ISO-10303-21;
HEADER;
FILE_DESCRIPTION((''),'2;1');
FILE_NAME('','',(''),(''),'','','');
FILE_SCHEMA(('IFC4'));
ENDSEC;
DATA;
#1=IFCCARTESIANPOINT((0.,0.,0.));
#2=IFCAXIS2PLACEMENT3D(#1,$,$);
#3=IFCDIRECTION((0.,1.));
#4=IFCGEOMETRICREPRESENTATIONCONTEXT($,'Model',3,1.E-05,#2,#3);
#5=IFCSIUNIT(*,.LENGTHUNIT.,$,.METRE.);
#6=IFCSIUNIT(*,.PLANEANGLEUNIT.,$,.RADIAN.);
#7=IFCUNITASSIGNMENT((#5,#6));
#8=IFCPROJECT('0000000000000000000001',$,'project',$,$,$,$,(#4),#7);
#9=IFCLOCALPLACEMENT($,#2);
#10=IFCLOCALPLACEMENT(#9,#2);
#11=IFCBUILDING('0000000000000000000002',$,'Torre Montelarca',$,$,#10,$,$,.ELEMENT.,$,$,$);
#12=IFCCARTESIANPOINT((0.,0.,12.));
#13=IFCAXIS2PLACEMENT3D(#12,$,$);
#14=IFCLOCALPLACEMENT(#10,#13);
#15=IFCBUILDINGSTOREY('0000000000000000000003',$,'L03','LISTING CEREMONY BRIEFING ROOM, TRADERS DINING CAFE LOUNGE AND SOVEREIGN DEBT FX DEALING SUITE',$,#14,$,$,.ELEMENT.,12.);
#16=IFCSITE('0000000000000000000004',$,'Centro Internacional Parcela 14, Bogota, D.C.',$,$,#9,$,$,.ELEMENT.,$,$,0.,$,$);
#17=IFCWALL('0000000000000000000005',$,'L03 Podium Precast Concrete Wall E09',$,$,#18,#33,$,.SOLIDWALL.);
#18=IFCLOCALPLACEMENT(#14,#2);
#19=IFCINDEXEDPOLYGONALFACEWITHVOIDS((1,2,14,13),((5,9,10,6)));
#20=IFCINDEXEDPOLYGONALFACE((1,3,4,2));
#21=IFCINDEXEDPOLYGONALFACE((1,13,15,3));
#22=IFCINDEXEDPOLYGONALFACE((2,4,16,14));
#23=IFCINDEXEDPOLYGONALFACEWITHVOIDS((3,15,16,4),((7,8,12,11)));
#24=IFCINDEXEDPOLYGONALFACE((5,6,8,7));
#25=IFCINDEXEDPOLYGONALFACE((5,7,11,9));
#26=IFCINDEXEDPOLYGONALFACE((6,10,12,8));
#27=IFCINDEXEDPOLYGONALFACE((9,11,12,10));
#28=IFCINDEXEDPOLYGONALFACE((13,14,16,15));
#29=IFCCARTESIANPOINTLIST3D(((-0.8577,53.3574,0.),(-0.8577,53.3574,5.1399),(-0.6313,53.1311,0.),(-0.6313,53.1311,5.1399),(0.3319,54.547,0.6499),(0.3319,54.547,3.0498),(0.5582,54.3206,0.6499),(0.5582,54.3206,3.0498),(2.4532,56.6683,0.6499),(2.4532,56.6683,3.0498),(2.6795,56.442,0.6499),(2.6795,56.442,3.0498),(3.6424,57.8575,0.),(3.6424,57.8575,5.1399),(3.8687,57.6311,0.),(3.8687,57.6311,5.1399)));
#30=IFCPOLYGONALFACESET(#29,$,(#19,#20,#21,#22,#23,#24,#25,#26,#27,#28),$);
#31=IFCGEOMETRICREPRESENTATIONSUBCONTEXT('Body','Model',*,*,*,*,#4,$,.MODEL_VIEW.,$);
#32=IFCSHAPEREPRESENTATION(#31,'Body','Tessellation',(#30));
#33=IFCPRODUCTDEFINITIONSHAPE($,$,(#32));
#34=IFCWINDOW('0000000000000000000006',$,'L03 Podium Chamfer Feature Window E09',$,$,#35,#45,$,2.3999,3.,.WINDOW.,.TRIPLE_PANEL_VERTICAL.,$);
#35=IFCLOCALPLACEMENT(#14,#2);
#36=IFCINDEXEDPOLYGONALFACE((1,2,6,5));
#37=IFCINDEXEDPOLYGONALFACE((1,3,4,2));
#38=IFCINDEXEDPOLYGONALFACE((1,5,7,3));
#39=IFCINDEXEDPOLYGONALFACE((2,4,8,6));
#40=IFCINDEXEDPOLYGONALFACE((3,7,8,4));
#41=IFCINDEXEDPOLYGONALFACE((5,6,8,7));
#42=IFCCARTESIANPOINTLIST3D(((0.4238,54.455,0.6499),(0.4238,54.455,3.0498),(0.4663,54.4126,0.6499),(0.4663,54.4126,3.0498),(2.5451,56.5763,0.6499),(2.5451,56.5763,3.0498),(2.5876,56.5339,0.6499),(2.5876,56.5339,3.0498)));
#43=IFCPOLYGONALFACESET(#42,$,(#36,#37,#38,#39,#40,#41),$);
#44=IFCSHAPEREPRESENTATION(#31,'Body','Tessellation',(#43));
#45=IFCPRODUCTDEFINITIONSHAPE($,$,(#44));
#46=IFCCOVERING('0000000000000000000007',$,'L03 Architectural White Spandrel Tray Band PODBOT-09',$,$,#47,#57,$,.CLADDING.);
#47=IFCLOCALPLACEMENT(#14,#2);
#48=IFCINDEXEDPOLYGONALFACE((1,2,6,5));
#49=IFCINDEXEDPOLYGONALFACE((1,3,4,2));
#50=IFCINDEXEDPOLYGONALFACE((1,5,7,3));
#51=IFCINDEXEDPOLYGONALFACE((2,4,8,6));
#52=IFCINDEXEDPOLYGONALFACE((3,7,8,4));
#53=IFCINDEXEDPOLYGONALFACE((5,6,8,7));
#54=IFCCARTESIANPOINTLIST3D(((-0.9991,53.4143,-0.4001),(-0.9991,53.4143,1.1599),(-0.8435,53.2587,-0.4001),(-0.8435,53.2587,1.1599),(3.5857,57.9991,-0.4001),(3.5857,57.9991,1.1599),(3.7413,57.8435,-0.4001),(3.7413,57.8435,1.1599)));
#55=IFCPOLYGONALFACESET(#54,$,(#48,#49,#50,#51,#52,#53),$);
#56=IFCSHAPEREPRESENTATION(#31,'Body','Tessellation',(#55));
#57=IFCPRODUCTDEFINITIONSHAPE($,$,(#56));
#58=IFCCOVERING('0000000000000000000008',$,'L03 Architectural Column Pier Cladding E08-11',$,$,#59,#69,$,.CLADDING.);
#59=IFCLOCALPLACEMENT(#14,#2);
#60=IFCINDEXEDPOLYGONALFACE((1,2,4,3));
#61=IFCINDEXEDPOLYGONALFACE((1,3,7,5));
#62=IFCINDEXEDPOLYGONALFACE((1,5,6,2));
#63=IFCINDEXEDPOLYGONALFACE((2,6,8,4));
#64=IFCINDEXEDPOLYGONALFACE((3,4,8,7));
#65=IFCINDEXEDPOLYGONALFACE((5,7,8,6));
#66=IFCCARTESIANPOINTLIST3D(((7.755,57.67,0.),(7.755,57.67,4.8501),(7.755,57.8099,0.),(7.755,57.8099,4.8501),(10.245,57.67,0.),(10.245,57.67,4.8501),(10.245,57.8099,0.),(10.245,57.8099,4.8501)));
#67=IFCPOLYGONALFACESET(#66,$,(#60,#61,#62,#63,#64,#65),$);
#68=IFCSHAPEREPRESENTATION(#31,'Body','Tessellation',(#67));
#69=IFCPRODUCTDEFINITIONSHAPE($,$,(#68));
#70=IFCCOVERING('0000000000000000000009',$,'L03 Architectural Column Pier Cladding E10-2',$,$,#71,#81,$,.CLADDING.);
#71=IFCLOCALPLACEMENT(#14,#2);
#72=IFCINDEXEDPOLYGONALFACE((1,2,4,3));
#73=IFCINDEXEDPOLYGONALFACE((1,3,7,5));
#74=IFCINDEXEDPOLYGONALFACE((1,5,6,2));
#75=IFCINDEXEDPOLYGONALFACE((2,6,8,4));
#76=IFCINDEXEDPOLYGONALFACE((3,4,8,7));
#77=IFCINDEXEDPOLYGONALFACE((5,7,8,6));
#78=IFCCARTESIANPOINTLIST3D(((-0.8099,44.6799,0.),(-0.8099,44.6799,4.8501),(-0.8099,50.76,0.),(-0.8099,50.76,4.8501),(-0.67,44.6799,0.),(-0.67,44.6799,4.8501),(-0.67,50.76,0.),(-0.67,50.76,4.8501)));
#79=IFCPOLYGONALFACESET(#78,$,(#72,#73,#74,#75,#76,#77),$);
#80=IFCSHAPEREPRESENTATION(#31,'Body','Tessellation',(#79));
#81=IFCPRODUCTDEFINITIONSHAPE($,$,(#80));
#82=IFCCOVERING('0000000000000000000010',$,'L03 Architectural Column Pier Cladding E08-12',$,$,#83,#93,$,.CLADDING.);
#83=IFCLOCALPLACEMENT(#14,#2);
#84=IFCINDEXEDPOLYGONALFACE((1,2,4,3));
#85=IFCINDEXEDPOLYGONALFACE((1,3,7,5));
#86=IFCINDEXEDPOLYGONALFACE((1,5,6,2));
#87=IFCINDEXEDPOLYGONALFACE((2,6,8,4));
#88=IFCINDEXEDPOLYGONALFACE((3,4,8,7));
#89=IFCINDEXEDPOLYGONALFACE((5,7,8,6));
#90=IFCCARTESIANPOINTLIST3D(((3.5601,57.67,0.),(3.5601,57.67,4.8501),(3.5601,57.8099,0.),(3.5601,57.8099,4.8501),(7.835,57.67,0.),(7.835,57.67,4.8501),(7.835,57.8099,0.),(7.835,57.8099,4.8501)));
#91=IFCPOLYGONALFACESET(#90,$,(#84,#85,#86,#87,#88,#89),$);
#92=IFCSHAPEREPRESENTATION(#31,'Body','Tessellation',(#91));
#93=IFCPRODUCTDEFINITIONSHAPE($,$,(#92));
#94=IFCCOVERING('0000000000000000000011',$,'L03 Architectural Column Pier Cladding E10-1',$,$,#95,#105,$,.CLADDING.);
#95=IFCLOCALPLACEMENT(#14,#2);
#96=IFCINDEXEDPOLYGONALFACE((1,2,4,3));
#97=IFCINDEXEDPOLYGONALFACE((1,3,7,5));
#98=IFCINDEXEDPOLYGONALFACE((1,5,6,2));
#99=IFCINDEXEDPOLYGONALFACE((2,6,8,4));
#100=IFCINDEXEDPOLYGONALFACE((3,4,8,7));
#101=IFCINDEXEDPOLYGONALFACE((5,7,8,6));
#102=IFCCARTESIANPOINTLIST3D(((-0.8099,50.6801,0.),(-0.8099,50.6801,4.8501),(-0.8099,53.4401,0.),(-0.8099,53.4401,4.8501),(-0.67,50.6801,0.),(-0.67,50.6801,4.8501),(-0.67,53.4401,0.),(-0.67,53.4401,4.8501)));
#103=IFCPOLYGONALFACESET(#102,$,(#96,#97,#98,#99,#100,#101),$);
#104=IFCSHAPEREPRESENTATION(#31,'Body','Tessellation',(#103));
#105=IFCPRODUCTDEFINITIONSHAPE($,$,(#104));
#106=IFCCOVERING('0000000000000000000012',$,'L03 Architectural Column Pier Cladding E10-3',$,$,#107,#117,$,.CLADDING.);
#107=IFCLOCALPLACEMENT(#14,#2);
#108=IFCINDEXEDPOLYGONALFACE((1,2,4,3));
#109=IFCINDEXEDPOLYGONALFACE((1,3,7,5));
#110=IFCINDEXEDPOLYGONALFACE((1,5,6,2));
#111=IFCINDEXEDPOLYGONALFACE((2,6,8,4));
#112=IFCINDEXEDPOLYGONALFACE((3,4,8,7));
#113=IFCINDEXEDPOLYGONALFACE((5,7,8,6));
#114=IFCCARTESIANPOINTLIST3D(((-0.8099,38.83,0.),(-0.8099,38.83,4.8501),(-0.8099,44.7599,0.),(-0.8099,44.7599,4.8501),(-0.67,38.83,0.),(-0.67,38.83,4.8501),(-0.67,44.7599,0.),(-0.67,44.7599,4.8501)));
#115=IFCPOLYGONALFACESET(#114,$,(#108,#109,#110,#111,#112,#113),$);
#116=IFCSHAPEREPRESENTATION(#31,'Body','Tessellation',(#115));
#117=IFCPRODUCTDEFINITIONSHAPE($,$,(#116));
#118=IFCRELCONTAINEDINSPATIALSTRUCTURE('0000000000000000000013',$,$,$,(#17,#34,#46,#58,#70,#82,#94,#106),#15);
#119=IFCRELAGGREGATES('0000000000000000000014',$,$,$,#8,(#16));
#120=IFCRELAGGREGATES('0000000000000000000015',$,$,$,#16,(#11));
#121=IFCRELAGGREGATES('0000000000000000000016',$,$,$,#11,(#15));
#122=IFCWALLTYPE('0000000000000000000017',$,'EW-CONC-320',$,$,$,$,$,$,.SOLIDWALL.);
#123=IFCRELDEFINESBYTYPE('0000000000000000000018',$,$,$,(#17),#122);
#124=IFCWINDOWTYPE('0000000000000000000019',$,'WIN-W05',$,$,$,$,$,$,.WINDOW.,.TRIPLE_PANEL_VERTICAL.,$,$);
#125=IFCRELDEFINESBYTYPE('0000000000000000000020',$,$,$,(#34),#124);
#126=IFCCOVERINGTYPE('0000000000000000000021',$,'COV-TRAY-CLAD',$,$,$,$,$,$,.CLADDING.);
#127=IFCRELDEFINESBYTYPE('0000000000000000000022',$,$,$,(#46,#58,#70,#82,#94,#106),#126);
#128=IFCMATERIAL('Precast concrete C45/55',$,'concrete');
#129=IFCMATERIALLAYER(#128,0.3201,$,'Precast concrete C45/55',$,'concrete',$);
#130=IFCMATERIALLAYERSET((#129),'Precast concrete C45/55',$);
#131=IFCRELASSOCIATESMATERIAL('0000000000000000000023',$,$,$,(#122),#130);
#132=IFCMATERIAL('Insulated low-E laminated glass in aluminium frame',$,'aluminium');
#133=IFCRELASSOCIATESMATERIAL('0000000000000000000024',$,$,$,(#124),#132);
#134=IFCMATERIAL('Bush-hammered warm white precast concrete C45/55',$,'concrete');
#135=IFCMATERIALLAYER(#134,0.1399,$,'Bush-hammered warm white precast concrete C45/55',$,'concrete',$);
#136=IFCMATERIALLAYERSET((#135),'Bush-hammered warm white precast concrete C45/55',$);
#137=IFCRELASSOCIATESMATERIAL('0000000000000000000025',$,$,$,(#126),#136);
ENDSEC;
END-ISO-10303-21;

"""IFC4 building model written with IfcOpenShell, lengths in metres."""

from ifc_helpers import new_model, si_unit, direction, frame, frame_2d, origin, origin_2d, place, context, subcontext, project, spatial, rectangle, extrude, source, transform, mapped, material, layer, layer_set, type_object, element, fill, save


model = new_model("IFC4")

# Units and contexts
model_context = context("Model", 3, precision=1e-05, world=origin(), true_north=direction((0.0, 1.0)))
body_context = subcontext(model_context, "Body", "Model", "MODEL_VIEW")
ifc_project = project(units=[si_unit("LENGTHUNIT", "METRE"), si_unit("PLANEANGLEUNIT", "RADIAN")], contexts=[model_context])

# Site, building, storey
site_placement = place(None, origin())
site = spatial("IfcSite", under=ifc_project, at=site_placement, Name="Centro Internacional Parcela 14, Bogota, D.C.", CompositionType="ELEMENT", RefElevation=0.0)
building_placement = place(site_placement, origin())
building = spatial("IfcBuilding", under=site, at=building_placement, Name="Torre Montelarca", CompositionType="ELEMENT")
storey_placement = place(building_placement, frame((0.0, 0.0, 12.0)))
storey = spatial("IfcBuildingStorey", under=building, at=storey_placement, Name="L03", Description="LISTING CEREMONY BRIEFING ROOM, TRADERS DINING CAFE LOUNGE AND SOVEREIGN DEBT FX DEALING SUITE", CompositionType="ELEMENT", Elevation=12.0)

# Wall, opening, window
ifc_material_1 = material(Name="Precast concrete C45/55", Category="concrete")
ifc_layer_1 = layer(ifc_material_1, 0.3201, Name="Precast concrete C45/55", Category="concrete")
ifc_layer_set_1 = layer_set([ifc_layer_1], Name="Precast concrete C45/55")
wall_type = type_object("IfcWallType", Name="EW-CONC-320", PredefinedType="SOLIDWALL", material=ifc_layer_set_1)
wall_placement = place(storey_placement, frame((3.7556, 57.7444, 0.0), z_axis=(0.0, 0.0, 1.0), x_axis=(-0.707107, -0.707107, 0.0)))
wall = element("IfcWall", 1, at=wall_placement, inside=storey, type_object=wall_type, Name="L03 Podium Precast Concrete Wall E09", PredefinedType="SOLIDWALL", context=body_context, shape_type="SweptSolid", body=[
    extrude(rectangle(XDim=6.364, YDim=0.3201, at=frame_2d((3.1821, 0.0))), origin(), (0.0, 0.0, 1.0), 5.1399),
])
opening_placement = place(wall_placement, frame((1.6819, 0.0, 0.6499)))
opening = element("IfcOpeningElement", 2, at=opening_placement, cuts=wall, PredefinedType="OPENING", context=body_context, shape_type="SweptSolid", body=[
    extrude(rectangle(XDim=3.0, YDim=2.3999, at=frame_2d((1.5, 1.2))), frame((0.0, 0.1699, 0.0), z_axis=(0.0, -1.0, 0.0), x_axis=(1.0, 0.0, 0.0)), (0.0, 0.0, 1.0), 0.3401),
])
ifc_material_2 = material(Name="Insulated low-E laminated glass in aluminium frame", Category="aluminium")
window_type = type_object("IfcWindowType", Name="WIN-W05", PartitioningType="TRIPLE_PANEL_VERTICAL", PredefinedType="WINDOW", material=ifc_material_2)
shared_shape_1 = source(origin(), body_context, "Body", "SweptSolid", [
    extrude(rectangle(XDim=3.0, YDim=2.3999, at=frame_2d((1.5, 1.2))), frame((0.0, 0.03, 0.0), z_axis=(0.0, -1.0, 0.0), x_axis=(1.0, 0.0, 0.0)), (0.0, 0.0, 1.0), 0.0601),
])
window_placement = place(opening_placement, origin())
window = element("IfcWindow", 3, at=window_placement, inside=storey, type_object=window_type, Name="L03 Podium Chamfer Feature Window E09", OverallHeight=2.3999, OverallWidth=3.0, PartitioningType="TRIPLE_PANEL_VERTICAL", PredefinedType="WINDOW", context=body_context, shape_type="MappedRepresentation", body=[
    mapped(shared_shape_1, transform((0.0, 0.0, 0.0), scale=1.0)),
])
fill(opening, window)

# Coverings
ifc_material_3 = material(Name="Bush-hammered warm white precast concrete C45/55", Category="concrete")
ifc_layer_2 = layer(ifc_material_3, 0.1399, Name="Bush-hammered warm white precast concrete C45/55", Category="concrete")
ifc_layer_set_2 = layer_set([ifc_layer_2], Name="Bush-hammered warm white precast concrete C45/55")
covering_type = type_object("IfcCoveringType", Name="COV-TRAY-CLAD", PredefinedType="CLADDING", material=ifc_layer_set_2)
shared_shape_2 = source(origin(), body_context, "Body", "SweptSolid", [
    extrude(rectangle(XDim=6.4839, YDim=0.22, at=origin_2d()), origin(), (0.0, 0.0, 1.0), 1.5601),
])
covering_1_placement = place(storey_placement, frame((1.3711, 55.6289, -0.4001), z_axis=(0.0, 0.0, 1.0), x_axis=(-0.707107, -0.707107, 0.0)))
element("IfcCovering", 4, at=covering_1_placement, inside=storey, type_object=covering_type, Name="L03 Architectural White Spandrel Tray Band PODBOT-09", PredefinedType="CLADDING", context=body_context, shape_type="MappedRepresentation", body=[
    mapped(shared_shape_2, transform((0.0, 0.0, 0.0), scale=1.0)),
])
shared_shape_3 = source(origin(), body_context, "Body", "SweptSolid", [
    extrude(rectangle(XDim=2.49, YDim=0.1399, at=origin_2d()), origin(), (0.0, 0.0, 1.0), 4.8501),
])
covering_2_placement = place(storey_placement, frame((9.0, 57.74, 0.0), z_axis=(0.0, 0.0, 1.0), x_axis=(-1.0, 0.0, 0.0)))
element("IfcCovering", 5, at=covering_2_placement, inside=storey, type_object=covering_type, Name="L03 Architectural Column Pier Cladding E08-11", PredefinedType="CLADDING", context=body_context, shape_type="MappedRepresentation", body=[
    mapped(shared_shape_3, transform((0.0, 0.0, 0.0), scale=1.0)),
])
shared_shape_4 = source(origin(), body_context, "Body", "SweptSolid", [
    extrude(rectangle(XDim=6.0801, YDim=0.1399, at=origin_2d()), origin(), (0.0, 0.0, 1.0), 4.8501),
])
covering_3_placement = place(storey_placement, frame((-0.74, 47.72, 0.0), z_axis=(0.0, 0.0, 1.0), x_axis=(0.0, -1.0, 0.0)))
element("IfcCovering", 6, at=covering_3_placement, inside=storey, type_object=covering_type, Name="L03 Architectural Column Pier Cladding E10-2", PredefinedType="CLADDING", context=body_context, shape_type="MappedRepresentation", body=[
    mapped(shared_shape_4, transform((0.0, 0.0, 0.0), scale=1.0)),
])
shared_shape_5 = source(origin(), body_context, "Body", "SweptSolid", [
    extrude(rectangle(XDim=4.2749, YDim=0.1399, at=origin_2d()), origin(), (0.0, 0.0, 1.0), 4.8501),
])
covering_4_placement = place(storey_placement, frame((5.6975, 57.74, 0.0), z_axis=(0.0, 0.0, 1.0), x_axis=(-1.0, 0.0, 0.0)))
element("IfcCovering", 7, at=covering_4_placement, inside=storey, type_object=covering_type, Name="L03 Architectural Column Pier Cladding E08-12", PredefinedType="CLADDING", context=body_context, shape_type="MappedRepresentation", body=[
    mapped(shared_shape_5, transform((0.0, 0.0, 0.0), scale=1.0)),
])
shared_shape_6 = source(origin(), body_context, "Body", "SweptSolid", [
    extrude(rectangle(XDim=2.76, YDim=0.1399, at=origin_2d()), origin(), (0.0, 0.0, 1.0), 4.8501),
])
covering_5_placement = place(storey_placement, frame((-0.74, 52.0601, 0.0), z_axis=(0.0, 0.0, 1.0), x_axis=(0.0, -1.0, 0.0)))
element("IfcCovering", 8, at=covering_5_placement, inside=storey, type_object=covering_type, Name="L03 Architectural Column Pier Cladding E10-1", PredefinedType="CLADDING", context=body_context, shape_type="MappedRepresentation", body=[
    mapped(shared_shape_6, transform((0.0, 0.0, 0.0), scale=1.0)),
])
shared_shape_7 = source(origin(), body_context, "Body", "SweptSolid", [
    extrude(rectangle(XDim=5.9299, YDim=0.1399, at=origin_2d()), origin(), (0.0, 0.0, 1.0), 4.8501),
])
covering_6_placement = place(storey_placement, frame((-0.74, 41.7949, 0.0), z_axis=(0.0, 0.0, 1.0), x_axis=(0.0, -1.0, 0.0)))
element("IfcCovering", 9, at=covering_6_placement, inside=storey, type_object=covering_type, Name="L03 Architectural Column Pier Cladding E10-3", PredefinedType="CLADDING", context=body_context, shape_type="MappedRepresentation", body=[
    mapped(shared_shape_7, transform((0.0, 0.0, 0.0), scale=1.0)),
])

save(model, "model.ifc")
